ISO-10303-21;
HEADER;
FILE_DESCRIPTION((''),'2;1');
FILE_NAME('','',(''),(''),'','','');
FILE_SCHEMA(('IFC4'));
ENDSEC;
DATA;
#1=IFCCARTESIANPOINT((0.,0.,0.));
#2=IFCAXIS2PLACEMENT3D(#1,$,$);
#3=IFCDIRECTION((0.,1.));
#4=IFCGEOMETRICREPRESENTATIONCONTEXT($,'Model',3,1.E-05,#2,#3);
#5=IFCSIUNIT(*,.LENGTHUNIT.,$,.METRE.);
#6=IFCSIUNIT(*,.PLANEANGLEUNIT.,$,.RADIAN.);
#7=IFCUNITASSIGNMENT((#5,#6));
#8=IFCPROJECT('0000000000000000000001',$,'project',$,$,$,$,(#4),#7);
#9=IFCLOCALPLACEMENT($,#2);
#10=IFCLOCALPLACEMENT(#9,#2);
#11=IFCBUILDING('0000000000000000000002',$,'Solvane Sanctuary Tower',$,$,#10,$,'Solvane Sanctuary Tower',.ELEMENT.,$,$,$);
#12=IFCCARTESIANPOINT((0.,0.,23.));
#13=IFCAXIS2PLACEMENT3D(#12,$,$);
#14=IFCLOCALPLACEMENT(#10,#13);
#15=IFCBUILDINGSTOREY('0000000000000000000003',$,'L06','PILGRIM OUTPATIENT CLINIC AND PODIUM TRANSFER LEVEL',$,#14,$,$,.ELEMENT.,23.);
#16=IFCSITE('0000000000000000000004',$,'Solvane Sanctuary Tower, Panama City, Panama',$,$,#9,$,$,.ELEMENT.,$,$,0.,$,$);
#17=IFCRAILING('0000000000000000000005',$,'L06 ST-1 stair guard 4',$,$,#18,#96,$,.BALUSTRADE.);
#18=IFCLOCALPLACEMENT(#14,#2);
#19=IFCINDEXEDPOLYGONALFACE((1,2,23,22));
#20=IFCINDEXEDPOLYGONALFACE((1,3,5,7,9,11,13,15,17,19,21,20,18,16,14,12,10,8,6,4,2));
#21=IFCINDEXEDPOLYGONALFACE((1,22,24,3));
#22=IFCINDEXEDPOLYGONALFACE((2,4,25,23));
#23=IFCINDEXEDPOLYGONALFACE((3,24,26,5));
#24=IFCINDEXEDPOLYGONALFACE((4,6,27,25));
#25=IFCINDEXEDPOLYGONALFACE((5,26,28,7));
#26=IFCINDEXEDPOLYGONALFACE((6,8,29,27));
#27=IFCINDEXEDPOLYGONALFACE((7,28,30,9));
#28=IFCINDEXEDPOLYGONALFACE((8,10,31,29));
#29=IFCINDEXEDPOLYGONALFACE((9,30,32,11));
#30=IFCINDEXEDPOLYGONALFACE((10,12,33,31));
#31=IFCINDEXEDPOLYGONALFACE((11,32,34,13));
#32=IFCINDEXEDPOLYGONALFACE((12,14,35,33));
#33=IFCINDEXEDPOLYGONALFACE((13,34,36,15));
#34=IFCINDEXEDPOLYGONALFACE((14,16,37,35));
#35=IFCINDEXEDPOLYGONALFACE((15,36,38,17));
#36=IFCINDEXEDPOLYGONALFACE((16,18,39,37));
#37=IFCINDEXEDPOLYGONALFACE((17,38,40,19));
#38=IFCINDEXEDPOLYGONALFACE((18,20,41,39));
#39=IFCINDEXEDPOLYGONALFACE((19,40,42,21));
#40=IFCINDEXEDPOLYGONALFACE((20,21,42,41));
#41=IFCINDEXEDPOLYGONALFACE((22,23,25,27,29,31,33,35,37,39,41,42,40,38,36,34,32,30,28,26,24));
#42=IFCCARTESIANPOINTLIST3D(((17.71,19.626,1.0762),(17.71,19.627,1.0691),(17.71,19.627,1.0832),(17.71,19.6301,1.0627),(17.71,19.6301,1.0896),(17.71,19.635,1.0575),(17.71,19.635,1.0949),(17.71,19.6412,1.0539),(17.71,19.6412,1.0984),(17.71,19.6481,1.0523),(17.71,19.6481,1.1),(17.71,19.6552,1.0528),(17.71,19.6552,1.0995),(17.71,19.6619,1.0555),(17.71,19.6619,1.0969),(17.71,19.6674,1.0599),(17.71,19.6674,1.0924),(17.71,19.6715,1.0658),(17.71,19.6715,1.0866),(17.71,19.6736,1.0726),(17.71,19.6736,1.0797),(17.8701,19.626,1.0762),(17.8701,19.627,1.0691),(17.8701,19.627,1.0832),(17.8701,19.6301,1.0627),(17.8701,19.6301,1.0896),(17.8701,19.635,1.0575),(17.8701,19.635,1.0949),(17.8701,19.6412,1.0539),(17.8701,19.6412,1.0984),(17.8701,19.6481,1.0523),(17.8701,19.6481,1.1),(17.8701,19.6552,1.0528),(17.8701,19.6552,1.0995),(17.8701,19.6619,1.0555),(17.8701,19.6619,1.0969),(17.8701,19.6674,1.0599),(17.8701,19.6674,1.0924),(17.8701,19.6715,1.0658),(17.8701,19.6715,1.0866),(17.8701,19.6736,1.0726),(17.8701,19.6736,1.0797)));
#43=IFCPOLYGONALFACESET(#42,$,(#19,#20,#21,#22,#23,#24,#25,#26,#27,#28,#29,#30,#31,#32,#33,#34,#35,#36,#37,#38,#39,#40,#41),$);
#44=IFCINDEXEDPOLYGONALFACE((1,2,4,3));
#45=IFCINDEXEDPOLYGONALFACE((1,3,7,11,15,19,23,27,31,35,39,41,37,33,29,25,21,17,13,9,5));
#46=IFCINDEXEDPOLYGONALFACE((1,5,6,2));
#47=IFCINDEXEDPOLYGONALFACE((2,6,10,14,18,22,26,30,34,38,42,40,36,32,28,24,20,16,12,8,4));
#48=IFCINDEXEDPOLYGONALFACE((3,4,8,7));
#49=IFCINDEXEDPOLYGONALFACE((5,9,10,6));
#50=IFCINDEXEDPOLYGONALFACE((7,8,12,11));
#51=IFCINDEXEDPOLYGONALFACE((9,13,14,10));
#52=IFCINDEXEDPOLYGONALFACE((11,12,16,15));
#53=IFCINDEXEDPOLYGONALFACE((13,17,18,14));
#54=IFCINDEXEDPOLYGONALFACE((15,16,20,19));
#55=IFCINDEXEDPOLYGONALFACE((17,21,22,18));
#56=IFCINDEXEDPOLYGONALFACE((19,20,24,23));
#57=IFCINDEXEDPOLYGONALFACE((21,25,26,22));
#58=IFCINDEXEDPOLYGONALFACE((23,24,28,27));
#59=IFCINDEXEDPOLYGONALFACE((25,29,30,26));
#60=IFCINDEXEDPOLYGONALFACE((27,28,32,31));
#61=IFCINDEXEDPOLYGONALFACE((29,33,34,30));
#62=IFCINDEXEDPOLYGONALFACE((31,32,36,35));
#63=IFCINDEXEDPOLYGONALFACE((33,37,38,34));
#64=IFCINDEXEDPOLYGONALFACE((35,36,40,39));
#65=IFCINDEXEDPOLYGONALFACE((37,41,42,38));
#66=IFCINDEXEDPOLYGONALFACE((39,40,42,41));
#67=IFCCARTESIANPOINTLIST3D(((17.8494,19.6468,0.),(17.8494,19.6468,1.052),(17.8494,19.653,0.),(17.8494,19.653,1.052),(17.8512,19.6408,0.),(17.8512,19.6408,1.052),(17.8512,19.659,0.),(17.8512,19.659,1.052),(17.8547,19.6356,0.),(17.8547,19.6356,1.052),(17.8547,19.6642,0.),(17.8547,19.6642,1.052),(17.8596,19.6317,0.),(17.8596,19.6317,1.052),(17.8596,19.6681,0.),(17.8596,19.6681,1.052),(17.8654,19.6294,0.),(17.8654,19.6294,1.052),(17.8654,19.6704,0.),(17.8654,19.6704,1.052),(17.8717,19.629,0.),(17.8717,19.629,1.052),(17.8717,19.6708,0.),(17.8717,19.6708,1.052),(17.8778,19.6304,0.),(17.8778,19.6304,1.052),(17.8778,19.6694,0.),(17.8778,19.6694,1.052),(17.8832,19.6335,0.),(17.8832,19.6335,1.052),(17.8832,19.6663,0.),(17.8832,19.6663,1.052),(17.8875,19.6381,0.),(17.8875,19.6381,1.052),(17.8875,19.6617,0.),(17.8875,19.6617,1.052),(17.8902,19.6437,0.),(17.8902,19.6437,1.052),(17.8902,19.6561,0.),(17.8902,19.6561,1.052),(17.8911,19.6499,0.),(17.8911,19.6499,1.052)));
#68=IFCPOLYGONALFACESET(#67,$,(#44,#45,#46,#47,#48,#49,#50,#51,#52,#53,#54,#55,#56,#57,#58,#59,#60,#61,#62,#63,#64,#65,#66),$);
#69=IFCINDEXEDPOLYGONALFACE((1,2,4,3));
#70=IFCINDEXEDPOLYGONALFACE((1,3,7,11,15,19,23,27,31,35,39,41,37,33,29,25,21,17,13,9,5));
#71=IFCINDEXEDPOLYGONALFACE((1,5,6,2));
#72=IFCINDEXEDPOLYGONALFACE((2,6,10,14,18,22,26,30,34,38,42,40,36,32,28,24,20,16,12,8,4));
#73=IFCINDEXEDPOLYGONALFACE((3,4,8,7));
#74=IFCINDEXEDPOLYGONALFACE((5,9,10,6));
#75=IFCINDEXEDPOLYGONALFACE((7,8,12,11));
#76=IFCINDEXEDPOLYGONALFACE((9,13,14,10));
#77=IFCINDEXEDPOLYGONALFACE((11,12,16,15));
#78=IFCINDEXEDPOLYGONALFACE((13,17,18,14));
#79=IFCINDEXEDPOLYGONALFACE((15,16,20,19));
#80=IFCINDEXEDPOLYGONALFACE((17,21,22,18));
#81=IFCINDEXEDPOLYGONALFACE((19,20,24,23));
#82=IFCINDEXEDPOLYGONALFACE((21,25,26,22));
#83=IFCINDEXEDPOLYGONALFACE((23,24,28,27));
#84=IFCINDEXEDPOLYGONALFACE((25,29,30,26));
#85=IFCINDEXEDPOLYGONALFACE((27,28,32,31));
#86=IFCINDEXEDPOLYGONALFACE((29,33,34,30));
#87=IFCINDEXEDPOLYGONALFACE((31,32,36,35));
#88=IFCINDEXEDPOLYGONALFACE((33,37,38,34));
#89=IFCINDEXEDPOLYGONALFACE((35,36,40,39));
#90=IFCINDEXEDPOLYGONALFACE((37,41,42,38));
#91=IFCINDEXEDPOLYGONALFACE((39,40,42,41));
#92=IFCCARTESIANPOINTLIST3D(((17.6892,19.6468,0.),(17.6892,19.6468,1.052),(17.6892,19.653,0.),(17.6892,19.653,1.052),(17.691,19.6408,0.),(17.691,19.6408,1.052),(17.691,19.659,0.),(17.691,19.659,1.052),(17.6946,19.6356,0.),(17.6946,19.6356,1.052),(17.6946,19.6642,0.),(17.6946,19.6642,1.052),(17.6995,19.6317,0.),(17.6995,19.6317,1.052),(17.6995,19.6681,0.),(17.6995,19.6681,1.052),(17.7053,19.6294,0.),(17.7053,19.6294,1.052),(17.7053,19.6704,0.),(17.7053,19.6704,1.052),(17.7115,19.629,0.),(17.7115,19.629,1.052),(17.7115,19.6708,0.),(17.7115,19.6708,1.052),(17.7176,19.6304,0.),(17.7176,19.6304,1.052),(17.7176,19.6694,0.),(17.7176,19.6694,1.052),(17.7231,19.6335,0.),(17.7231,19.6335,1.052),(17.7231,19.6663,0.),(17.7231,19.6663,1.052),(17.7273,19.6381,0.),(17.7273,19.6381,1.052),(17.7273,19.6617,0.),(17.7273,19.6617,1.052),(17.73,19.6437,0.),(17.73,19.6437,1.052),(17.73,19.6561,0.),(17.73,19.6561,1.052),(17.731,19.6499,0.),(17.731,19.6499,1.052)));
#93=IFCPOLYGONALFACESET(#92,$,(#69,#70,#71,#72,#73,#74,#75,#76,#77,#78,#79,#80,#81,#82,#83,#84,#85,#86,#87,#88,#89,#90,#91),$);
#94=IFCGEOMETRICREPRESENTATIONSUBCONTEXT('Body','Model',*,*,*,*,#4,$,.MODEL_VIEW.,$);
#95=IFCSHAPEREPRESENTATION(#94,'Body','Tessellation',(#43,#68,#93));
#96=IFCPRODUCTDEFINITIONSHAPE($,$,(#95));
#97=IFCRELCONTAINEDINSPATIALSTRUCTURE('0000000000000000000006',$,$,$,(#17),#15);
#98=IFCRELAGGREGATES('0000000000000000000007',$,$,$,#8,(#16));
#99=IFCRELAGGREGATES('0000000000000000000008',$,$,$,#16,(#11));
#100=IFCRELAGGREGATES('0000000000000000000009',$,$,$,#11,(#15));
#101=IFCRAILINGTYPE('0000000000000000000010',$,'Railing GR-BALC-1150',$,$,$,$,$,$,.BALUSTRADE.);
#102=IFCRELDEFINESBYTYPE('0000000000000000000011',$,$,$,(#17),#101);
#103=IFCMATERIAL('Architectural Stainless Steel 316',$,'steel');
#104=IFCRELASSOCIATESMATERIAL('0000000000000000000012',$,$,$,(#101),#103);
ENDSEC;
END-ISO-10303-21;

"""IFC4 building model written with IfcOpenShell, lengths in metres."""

from ifc_helpers import new_model, si_unit, direction, frame, origin, origin_2d, place, context, subcontext, project, spatial, circle, extrude, material, type_object, element, save


model = new_model("IFC4")

# Units and contexts
model_context = context("Model", 3, precision=1e-05, world=origin(), true_north=direction((0.0, 1.0)))
body_context = subcontext(model_context, "Body", "Model", "MODEL_VIEW")
ifc_project = project(units=[si_unit("LENGTHUNIT", "METRE"), si_unit("PLANEANGLEUNIT", "RADIAN")], contexts=[model_context])

# Site, building, storey
site_placement = place(None, origin())
site = spatial("IfcSite", under=ifc_project, at=site_placement, Name="Solvane Sanctuary Tower, Panama City, Panama", CompositionType="ELEMENT", RefElevation=0.0)
building_placement = place(site_placement, origin())
building = spatial("IfcBuilding", under=site, at=building_placement, Name="Solvane Sanctuary Tower", LongName="Solvane Sanctuary Tower", CompositionType="ELEMENT")
storey_placement = place(building_placement, frame((0.0, 0.0, 23.0)))
storey = spatial("IfcBuildingStorey", under=building, at=storey_placement, Name="L06", Description="PILGRIM OUTPATIENT CLINIC AND PODIUM TRANSFER LEVEL", CompositionType="ELEMENT", Elevation=23.0)

# Shared definitions
ifc_material_1 = material(Name="Architectural Stainless Steel 316", Category="steel")

# Railing
railing_type_1 = type_object("IfcRailingType", Name="Railing GR-BALC-1150", PredefinedType="BALUSTRADE", material=ifc_material_1)
railing_1_placement = place(storey_placement, frame((17.8701, 19.6499, 0.0)))
element("IfcRailing", 1, at=railing_1_placement, inside=storey, type_object=railing_type_1, Name="L06 ST-1 stair guard 4", PredefinedType="BALUSTRADE", context=body_context, shape_type="SweptSolid", body=[
    extrude(circle(Radius=0.0239, at=origin_2d()), frame((0.0, 0.0, 1.0762), z_axis=(-1.0, 0.0, 0.0), x_axis=(0.0, -1.0, 0.0)), (0.0, 0.0, 1.0), 0.1602),
    extrude(circle(Radius=0.021, at=origin_2d()), origin(), (0.0, 0.0, 1.0), 1.052),
    extrude(circle(Radius=0.021, at=origin_2d()), frame((-0.1602, 0.0, 0.0)), (0.0, 0.0, 1.0), 1.052),
])

save(model, "model.ifc")
